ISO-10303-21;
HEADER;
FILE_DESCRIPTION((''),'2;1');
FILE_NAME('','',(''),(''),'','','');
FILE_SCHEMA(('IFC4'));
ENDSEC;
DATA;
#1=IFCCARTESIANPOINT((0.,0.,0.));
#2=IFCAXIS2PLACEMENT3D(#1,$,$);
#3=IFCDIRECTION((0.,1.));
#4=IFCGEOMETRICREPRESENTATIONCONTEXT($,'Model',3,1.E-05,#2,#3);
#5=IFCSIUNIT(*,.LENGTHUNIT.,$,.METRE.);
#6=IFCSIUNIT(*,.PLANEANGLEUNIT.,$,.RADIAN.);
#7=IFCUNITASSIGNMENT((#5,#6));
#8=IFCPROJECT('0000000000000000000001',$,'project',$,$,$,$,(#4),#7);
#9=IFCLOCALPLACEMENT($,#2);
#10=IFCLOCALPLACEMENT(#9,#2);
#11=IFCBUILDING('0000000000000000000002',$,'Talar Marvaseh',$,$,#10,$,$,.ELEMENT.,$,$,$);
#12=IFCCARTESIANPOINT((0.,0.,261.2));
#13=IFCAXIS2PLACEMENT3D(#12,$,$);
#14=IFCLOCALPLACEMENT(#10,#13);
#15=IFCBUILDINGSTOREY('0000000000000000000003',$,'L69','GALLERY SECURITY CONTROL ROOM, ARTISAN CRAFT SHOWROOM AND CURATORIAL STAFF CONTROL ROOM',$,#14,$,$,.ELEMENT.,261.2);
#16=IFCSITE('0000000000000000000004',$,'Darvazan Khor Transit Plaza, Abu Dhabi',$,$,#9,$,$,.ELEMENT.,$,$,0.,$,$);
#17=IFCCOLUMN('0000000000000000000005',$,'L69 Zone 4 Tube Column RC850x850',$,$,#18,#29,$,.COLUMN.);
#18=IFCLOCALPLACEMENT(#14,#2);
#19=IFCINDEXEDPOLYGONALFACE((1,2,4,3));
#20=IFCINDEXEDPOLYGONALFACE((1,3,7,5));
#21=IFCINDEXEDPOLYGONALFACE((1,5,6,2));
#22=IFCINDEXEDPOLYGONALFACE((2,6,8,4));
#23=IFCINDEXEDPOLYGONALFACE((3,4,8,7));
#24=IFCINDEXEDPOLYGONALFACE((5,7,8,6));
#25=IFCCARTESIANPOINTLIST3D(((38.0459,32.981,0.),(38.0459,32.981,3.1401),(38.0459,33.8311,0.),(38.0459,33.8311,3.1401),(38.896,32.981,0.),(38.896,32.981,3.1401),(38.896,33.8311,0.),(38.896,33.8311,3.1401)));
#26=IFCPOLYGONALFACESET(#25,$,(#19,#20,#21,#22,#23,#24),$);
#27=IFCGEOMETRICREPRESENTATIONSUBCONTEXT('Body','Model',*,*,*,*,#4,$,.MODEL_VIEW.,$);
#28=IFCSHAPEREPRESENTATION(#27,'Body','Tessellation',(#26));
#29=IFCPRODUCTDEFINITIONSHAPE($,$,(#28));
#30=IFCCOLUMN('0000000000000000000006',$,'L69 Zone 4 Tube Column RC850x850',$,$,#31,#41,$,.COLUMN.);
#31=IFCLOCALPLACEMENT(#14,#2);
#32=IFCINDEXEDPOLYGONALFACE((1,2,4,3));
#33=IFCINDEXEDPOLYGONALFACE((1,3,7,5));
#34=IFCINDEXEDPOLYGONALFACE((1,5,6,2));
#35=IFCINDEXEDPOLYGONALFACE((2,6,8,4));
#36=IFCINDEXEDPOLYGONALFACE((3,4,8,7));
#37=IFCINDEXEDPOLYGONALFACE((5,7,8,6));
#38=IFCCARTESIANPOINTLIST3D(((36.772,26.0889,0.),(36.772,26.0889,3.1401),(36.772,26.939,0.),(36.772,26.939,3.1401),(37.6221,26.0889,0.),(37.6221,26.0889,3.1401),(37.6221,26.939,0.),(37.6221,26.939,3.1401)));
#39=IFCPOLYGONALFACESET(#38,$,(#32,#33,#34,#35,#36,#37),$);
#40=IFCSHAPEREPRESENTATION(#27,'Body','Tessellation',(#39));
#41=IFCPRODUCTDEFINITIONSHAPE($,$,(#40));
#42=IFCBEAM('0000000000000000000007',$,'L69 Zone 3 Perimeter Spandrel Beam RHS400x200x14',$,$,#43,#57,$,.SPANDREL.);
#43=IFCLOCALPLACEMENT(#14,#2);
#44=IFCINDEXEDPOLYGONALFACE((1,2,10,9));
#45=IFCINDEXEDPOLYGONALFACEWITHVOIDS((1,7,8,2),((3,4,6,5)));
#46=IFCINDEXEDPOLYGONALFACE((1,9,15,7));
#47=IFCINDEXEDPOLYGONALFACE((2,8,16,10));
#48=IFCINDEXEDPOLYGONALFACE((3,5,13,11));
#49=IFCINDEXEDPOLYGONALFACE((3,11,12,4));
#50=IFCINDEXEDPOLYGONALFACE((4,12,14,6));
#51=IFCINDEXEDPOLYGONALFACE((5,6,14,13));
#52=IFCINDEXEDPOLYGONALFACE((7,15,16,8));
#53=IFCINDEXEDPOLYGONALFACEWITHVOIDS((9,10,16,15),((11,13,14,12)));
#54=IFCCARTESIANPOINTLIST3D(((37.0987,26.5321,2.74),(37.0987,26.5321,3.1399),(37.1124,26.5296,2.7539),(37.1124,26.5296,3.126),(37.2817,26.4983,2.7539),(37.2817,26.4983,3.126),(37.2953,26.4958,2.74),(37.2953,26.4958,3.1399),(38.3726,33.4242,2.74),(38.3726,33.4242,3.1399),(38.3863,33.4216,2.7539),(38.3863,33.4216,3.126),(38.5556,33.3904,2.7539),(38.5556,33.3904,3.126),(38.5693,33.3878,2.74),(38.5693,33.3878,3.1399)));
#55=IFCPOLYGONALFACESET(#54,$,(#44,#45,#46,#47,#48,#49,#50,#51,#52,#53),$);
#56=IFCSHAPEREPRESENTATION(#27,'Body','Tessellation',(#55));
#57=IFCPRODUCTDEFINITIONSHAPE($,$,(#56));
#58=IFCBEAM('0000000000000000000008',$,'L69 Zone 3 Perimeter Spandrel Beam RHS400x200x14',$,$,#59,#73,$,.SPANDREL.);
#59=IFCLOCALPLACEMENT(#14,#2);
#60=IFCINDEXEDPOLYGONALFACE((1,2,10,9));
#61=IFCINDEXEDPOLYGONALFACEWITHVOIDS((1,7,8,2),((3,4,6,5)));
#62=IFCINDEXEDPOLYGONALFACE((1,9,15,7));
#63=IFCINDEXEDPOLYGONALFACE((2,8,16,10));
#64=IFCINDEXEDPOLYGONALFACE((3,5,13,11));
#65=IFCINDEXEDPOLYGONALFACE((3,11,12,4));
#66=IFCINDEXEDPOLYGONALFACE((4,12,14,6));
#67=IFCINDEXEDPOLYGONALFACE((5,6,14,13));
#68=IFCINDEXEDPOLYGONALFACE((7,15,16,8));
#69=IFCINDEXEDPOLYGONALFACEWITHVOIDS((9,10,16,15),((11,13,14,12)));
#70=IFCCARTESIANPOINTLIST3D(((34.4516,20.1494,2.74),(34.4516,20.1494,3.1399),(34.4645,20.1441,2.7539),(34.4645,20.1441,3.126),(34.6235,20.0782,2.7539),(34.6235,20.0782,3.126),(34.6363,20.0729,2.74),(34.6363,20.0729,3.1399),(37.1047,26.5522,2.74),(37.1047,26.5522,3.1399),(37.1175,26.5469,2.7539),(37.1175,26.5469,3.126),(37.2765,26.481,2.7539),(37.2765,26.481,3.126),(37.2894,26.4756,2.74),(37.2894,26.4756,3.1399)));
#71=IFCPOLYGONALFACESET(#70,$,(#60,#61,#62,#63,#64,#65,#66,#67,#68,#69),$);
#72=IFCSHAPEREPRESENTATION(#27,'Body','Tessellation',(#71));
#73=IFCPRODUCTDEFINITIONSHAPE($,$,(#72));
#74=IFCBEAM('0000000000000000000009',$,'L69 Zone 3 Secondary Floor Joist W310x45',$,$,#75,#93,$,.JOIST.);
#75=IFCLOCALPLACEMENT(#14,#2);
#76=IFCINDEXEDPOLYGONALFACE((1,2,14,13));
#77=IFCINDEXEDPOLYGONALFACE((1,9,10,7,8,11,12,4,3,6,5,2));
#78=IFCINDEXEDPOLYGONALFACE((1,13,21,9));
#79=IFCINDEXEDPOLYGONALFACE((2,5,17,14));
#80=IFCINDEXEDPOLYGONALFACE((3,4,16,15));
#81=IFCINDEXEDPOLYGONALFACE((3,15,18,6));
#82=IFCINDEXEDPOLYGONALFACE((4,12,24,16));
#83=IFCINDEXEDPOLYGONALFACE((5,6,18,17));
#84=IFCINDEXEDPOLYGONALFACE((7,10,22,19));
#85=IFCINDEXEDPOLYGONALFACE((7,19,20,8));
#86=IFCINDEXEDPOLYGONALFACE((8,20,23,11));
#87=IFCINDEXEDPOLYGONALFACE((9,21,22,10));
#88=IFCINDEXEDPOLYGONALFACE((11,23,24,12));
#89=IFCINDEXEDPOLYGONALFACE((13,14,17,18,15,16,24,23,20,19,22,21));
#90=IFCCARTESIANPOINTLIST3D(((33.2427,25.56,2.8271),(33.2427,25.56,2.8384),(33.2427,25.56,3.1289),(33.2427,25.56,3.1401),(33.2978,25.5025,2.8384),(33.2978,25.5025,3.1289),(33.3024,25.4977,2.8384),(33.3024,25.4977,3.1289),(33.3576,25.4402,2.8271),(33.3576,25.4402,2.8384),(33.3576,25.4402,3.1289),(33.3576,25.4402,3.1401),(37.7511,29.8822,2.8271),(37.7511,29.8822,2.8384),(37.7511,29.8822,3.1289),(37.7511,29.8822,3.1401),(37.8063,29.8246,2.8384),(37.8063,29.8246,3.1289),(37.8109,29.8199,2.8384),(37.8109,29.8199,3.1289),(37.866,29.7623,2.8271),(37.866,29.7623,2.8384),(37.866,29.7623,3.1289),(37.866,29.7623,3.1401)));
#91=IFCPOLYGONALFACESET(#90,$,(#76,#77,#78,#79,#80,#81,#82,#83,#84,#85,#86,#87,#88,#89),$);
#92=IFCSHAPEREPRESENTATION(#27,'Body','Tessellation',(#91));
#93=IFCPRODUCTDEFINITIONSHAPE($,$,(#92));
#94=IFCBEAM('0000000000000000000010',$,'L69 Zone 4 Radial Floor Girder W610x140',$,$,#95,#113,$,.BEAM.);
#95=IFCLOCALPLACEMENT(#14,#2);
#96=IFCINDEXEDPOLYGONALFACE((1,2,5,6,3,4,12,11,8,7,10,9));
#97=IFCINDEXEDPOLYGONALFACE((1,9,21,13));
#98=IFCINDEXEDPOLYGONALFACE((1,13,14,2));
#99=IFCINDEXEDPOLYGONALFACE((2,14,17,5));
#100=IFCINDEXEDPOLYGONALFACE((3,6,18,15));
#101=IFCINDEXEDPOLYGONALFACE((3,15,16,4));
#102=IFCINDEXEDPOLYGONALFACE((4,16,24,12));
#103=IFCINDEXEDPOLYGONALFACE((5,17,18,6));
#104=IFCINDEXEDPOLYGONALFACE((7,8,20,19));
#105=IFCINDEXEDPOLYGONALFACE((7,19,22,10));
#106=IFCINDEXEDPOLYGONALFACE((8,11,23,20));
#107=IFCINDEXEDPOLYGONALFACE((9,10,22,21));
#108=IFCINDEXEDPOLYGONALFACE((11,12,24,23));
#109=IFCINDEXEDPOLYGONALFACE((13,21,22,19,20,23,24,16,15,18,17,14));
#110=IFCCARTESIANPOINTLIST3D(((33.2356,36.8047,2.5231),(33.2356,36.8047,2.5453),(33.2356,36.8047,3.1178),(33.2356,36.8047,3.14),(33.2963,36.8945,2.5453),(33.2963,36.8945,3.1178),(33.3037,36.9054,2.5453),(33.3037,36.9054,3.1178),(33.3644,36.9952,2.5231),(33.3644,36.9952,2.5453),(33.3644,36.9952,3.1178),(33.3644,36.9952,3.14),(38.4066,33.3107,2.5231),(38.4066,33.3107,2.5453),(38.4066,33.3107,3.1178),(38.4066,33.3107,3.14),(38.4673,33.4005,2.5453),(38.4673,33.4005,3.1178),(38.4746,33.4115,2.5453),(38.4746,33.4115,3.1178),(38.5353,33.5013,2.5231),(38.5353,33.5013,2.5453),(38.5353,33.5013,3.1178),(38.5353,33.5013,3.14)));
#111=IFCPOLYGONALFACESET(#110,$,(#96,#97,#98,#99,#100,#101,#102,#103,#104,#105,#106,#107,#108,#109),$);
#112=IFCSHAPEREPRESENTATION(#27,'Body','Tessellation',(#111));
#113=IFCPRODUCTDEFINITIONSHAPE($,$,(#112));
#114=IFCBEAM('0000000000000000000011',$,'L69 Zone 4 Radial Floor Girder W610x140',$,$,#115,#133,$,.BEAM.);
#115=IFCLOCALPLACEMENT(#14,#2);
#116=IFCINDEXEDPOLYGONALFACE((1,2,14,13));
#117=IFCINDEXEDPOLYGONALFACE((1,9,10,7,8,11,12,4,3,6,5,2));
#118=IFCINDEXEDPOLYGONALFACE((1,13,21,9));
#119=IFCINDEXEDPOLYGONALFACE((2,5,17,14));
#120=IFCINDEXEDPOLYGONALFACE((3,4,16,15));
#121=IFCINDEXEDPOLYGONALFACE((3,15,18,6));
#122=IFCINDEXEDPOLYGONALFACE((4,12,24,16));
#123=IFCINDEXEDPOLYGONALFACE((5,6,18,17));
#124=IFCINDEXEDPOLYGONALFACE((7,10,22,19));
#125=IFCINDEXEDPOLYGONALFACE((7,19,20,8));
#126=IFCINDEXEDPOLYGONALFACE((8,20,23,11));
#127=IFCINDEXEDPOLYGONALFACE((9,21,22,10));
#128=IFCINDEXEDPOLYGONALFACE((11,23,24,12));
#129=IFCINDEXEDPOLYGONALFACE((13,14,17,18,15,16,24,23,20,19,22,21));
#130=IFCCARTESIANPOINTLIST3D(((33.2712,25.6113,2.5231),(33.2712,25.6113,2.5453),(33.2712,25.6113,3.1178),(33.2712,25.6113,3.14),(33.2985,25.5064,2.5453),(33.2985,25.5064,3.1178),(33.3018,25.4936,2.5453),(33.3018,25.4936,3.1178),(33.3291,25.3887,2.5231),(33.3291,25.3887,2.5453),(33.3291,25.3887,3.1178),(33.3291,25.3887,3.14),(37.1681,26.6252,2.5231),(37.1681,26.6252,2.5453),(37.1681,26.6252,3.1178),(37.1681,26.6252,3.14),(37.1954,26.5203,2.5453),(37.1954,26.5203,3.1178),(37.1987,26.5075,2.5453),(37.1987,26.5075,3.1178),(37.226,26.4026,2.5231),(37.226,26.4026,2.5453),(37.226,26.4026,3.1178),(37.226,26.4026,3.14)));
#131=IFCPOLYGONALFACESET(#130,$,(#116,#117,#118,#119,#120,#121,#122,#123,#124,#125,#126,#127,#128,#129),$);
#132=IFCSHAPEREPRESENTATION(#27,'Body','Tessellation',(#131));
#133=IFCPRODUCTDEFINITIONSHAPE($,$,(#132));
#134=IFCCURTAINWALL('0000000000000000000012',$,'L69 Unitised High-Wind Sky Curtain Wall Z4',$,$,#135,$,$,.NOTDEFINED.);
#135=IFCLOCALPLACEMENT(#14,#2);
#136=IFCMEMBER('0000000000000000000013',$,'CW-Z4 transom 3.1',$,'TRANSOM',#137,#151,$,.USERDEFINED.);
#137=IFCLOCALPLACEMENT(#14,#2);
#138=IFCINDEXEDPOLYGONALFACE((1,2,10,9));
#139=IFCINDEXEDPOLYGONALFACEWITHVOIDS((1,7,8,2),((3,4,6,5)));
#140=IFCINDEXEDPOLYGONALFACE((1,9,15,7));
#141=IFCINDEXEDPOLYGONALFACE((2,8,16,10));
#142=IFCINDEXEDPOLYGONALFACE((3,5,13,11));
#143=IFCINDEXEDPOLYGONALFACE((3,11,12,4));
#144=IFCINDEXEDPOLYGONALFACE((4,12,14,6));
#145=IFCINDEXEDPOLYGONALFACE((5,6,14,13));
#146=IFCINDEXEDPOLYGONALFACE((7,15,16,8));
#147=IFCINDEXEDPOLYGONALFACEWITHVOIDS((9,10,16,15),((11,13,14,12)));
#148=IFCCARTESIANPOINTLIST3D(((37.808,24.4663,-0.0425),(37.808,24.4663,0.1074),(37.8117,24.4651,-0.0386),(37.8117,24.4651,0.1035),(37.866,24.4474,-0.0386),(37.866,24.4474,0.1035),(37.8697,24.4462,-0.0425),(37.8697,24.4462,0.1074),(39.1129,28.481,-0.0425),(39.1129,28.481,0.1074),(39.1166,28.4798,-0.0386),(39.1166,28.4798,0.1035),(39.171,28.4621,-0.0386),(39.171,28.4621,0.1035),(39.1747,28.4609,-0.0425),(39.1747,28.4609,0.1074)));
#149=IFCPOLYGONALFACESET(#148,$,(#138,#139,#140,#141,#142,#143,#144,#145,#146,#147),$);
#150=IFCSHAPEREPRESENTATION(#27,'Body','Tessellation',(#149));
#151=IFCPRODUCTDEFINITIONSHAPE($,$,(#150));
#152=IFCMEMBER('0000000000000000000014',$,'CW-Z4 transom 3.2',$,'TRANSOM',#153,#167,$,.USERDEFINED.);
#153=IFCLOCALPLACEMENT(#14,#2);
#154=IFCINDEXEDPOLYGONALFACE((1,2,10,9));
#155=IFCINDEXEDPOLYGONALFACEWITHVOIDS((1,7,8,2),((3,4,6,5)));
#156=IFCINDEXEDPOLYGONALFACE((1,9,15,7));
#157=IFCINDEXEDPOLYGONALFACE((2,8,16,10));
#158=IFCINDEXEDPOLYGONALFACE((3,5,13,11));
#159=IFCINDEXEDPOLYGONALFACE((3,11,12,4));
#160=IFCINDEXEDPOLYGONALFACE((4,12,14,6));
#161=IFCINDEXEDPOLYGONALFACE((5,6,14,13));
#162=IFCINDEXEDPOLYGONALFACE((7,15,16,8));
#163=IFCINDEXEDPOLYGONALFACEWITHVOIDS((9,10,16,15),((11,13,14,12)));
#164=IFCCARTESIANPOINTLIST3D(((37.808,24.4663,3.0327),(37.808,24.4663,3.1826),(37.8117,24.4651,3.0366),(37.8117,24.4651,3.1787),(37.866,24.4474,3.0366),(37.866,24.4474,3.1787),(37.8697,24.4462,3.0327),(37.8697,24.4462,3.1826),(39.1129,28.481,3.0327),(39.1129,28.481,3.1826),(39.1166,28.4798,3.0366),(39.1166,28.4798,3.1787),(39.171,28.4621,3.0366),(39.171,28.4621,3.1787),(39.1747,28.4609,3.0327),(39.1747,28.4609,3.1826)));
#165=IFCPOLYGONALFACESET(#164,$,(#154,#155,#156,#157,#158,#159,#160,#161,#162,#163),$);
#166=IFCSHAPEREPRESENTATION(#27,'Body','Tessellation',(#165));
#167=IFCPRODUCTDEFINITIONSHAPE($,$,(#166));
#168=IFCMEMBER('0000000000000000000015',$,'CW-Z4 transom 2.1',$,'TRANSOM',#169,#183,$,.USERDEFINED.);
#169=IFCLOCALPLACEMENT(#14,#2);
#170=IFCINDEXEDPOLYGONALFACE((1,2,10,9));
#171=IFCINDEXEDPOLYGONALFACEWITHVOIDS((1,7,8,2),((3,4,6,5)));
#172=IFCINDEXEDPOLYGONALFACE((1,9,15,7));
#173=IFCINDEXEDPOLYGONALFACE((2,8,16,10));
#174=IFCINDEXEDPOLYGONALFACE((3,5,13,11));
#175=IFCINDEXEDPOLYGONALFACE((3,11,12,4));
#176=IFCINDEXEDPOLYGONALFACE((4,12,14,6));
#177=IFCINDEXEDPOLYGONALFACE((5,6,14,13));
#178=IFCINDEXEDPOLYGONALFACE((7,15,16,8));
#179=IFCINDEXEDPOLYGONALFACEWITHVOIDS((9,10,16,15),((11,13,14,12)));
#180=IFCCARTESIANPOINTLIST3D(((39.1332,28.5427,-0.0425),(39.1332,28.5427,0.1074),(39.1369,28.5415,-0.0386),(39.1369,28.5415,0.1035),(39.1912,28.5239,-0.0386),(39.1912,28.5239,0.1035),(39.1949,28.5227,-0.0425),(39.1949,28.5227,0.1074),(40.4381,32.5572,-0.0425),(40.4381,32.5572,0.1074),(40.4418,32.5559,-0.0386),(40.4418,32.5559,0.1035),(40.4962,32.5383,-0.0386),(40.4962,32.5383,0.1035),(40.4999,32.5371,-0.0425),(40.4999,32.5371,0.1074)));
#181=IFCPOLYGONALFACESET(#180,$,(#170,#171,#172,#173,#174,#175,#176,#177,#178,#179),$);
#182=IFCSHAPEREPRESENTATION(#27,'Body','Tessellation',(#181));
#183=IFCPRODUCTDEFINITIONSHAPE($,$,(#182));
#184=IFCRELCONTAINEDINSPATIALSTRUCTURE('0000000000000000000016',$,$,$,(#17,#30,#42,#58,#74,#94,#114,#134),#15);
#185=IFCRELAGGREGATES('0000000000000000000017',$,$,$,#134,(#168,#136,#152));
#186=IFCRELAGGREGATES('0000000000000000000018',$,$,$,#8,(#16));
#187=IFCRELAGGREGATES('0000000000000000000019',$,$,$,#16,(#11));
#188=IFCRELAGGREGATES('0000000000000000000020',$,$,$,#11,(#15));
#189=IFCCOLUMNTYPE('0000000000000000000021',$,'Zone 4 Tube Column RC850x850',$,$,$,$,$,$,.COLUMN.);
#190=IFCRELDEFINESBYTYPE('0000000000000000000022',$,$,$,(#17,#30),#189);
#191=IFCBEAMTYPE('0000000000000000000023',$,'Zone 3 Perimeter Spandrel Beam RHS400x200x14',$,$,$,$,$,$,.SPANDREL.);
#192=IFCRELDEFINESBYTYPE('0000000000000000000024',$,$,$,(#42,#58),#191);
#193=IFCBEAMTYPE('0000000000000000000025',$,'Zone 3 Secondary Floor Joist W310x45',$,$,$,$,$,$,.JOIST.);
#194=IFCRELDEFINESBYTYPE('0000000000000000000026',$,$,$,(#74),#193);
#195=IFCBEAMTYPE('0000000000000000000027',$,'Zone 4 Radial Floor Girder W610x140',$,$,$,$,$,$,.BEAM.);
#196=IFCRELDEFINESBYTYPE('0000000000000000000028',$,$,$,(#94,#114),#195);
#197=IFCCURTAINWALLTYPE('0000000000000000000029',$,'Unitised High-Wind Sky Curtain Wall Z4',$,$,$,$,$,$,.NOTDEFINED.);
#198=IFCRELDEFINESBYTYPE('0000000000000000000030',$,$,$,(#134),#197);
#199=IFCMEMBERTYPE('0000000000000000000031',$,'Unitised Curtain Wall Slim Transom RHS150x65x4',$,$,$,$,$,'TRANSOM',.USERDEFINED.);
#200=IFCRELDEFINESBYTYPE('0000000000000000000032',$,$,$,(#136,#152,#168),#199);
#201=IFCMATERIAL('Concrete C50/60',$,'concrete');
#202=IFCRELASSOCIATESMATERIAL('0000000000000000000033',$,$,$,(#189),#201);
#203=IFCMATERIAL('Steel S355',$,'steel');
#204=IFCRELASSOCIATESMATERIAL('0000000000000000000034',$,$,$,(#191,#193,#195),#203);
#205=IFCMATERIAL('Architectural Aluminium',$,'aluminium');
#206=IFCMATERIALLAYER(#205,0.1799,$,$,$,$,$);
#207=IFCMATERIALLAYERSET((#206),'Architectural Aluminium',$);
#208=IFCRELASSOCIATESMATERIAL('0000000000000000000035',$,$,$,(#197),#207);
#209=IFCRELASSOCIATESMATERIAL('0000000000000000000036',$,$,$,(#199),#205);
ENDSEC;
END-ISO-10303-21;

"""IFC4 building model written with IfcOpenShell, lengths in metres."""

from ifc_helpers import new_model, si_unit, direction, frame, origin, origin_2d, place, context, subcontext, project, spatial, rectangle, hollow_rectangle, i_section, extrude, source, transform, mapped, material, layer, layer_set, material_profile, profile_set, type_object, type_shapes, element, aggregate, save


model = new_model("IFC4")

# Units and contexts
model_context = context("Model", 3, precision=1e-05, world=origin(), true_north=direction((0.0, 1.0)))
body_context = subcontext(model_context, "Body", "Model", "MODEL_VIEW")
ifc_project = project(units=[si_unit("LENGTHUNIT", "METRE"), si_unit("PLANEANGLEUNIT", "RADIAN")], contexts=[model_context])

# Site, building, storey
site_placement = place(None, origin())
site = spatial("IfcSite", under=ifc_project, at=site_placement, Name="Darvazan Khor Transit Plaza, Abu Dhabi", CompositionType="ELEMENT", RefElevation=0.0)
building_placement = place(site_placement, origin())
building = spatial("IfcBuilding", under=site, at=building_placement, Name="Talar Marvaseh", CompositionType="ELEMENT")
storey_placement = place(building_placement, frame((0.0, 0.0, 261.2)))
storey = spatial("IfcBuildingStorey", under=building, at=storey_placement, Name="L69", Description="GALLERY SECURITY CONTROL ROOM, ARTISAN CRAFT SHOWROOM AND CURATORIAL STAFF CONTROL ROOM", CompositionType="ELEMENT", Elevation=261.2)

# Columns
ifc_material_1 = material(Name="Concrete C50/60", Category="concrete")
ifc_material_profile_1 = material_profile(ifc_material_1, rectangle(XDim=0.8501, YDim=0.8501, at=origin_2d()), Name="RC850x850")
ifc_profile_set_1 = profile_set([ifc_material_profile_1], Name="Concrete C50/60")
column_type = type_object("IfcColumnType", Name="Zone 4 Tube Column RC850x850", PredefinedType="COLUMN", material=ifc_profile_set_1)
for number, where, z_axis, x_axis, name in (
    (1, (38.4709, 33.406, 0.0), (0.0, 0.0, 1.0), (1.0, 0.0, 0.0), "L69 Zone 4 Tube Column RC850x850"),
    (2, (37.197, 26.5139, 0.0), (0.0, 0.0, 1.0), (1.0, 0.0, 0.0), "L69 Zone 4 Tube Column RC850x850"),
):
    element("IfcColumn", number, at=place(storey_placement, frame(where, z_axis=z_axis, x_axis=x_axis)), inside=storey, type_object=column_type, Name=name, PredefinedType="COLUMN", context=body_context, shape_type="SweptSolid", body=[
        extrude(rectangle(XDim=0.8501, YDim=0.8501, at=origin_2d()), origin(), (0.0, 0.0, 1.0), 3.1401),
    ])

# Beams
ifc_material_2 = material(Name="Steel S355", Category="steel")
ifc_material_profile_2 = material_profile(ifc_material_2, hollow_rectangle(XDim=0.2, YDim=0.3999, WallThickness=0.0139, at=origin_2d()), Name="RHS400x200x14")
ifc_profile_set_2 = profile_set([ifc_material_profile_2], Name="Steel S355")
beam_type_1 = type_object("IfcBeamType", Name="Zone 3 Perimeter Spandrel Beam RHS400x200x14", PredefinedType="SPANDREL", material=ifc_profile_set_2)
beam_1_placement = place(storey_placement, frame((38.4709, 33.406, 2.9399), z_axis=(-0.18176, -0.983343, 0.0), x_axis=(0.983343, -0.18176, 0.0)))
element("IfcBeam", 3, at=beam_1_placement, inside=storey, type_object=beam_type_1, Name="L69 Zone 3 Perimeter Spandrel Beam RHS400x200x14", PredefinedType="SPANDREL", context=body_context, shape_type="SweptSolid", body=[
    extrude(hollow_rectangle(XDim=0.2, YDim=0.3999, WallThickness=0.0139, at=origin_2d()), origin(), (0.0, 0.0, 1.0), 7.0088),
])
beam_2_placement = place(storey_placement, frame((37.197, 26.5139, 2.9399), z_axis=(-0.382799, -0.923832, 0.0), x_axis=(0.923832, -0.382799, 0.0)))
element("IfcBeam", 4, at=beam_2_placement, inside=storey, type_object=beam_type_1, Name="L69 Zone 3 Perimeter Spandrel Beam RHS400x200x14", PredefinedType="SPANDREL", context=body_context, shape_type="SweptSolid", body=[
    extrude(hollow_rectangle(XDim=0.2, YDim=0.3999, WallThickness=0.0139, at=origin_2d()), origin(), (0.0, 0.0, 1.0), 6.9307),
])
ifc_material_profile_3 = material_profile(ifc_material_2, i_section(OverallWidth=0.166, OverallDepth=0.313, WebThickness=0.0066, FlangeThickness=0.0112, at=origin_2d()), Name="W310x45")
ifc_profile_set_3 = profile_set([ifc_material_profile_3], Name="Steel S355")
beam_type_2 = type_object("IfcBeamType", Name="Zone 3 Secondary Floor Joist W310x45", PredefinedType="JOIST", material=ifc_profile_set_3)
beam_3_placement = place(storey_placement, frame((37.8086, 29.8223, 2.9836), z_axis=(-0.721862, -0.692037, 0.0), x_axis=(0.692037, -0.721862, 0.0)))
element("IfcBeam", 5, at=beam_3_placement, inside=storey, type_object=beam_type_2, Name="L69 Zone 3 Secondary Floor Joist W310x45", PredefinedType="JOIST", context=body_context, shape_type="SweptSolid", body=[
    extrude(i_section(OverallWidth=0.166, OverallDepth=0.313, WebThickness=0.0066, FlangeThickness=0.0112, at=origin_2d()), origin(), (0.0, 0.0, 1.0), 6.2456),
])
ifc_material_profile_4 = material_profile(ifc_material_2, i_section(OverallWidth=0.23, OverallDepth=0.6169, WebThickness=0.0132, FlangeThickness=0.0222, at=origin_2d()), Name="W610x140")
ifc_profile_set_4 = profile_set([ifc_material_profile_4], Name="Steel S355")
beam_type_3 = type_object("IfcBeamType", Name="Zone 4 Radial Floor Girder W610x140", PredefinedType="BEAM", material=ifc_profile_set_4)
beam_4_placement = place(storey_placement, frame((38.4709, 33.406, 2.8315), z_axis=(-0.828586, 0.559862, 0.0), x_axis=(-0.559862, -0.828586, 0.0)))
element("IfcBeam", 6, at=beam_4_placement, inside=storey, type_object=beam_type_3, Name="L69 Zone 4 Radial Floor Girder W610x140", PredefinedType="BEAM", context=body_context, shape_type="SweptSolid", body=[
    extrude(i_section(OverallWidth=0.23, OverallDepth=0.6169, WebThickness=0.0132, FlangeThickness=0.0222, at=origin_2d()), origin(), (0.0, 0.0, 1.0), 6.2407),
])
beam_5_placement = place(storey_placement, frame((37.197, 26.5139, 2.8315), z_axis=(-0.96778, -0.251797, 0.0), x_axis=(0.251797, -0.96778, 0.0)))
element("IfcBeam", 7, at=beam_5_placement, inside=storey, type_object=beam_type_3, Name="L69 Zone 4 Radial Floor Girder W610x140", PredefinedType="BEAM", context=body_context, shape_type="SweptSolid", body=[
    extrude(i_section(OverallWidth=0.23, OverallDepth=0.6169, WebThickness=0.0132, FlangeThickness=0.0222, at=origin_2d()), origin(), (0.0, 0.0, 1.0), 4.0266),
])

# Curtain wall, members
ifc_material_3 = material(Name="Architectural Aluminium", Category="aluminium")
ifc_layer_1 = layer(ifc_material_3, 0.1799)
ifc_layer_set_1 = layer_set([ifc_layer_1], Name="Architectural Aluminium")
curtain_wall_type = type_object("IfcCurtainWallType", Name="Unitised High-Wind Sky Curtain Wall Z4", PredefinedType="NOTDEFINED", material=ifc_layer_set_1)
curtain_wall_placement = place(storey_placement, origin())
curtain_wall = element("IfcCurtainWall", 8, at=curtain_wall_placement, inside=storey, type_object=curtain_wall_type, Name="L69 Unitised High-Wind Sky Curtain Wall Z4", PredefinedType="NOTDEFINED")
ifc_material_profile_5 = material_profile(ifc_material_3, hollow_rectangle(XDim=0.0649, YDim=0.1499, WallThickness=0.0039, at=origin_2d()), Name="RHS150x65x4")
ifc_profile_set_5 = profile_set([ifc_material_profile_5], Name="Architectural Aluminium")
member_type_1 = type_object("IfcMemberType", Name="Unitised Curtain Wall Slim Transom RHS150x65x4", ElementType="TRANSOM", PredefinedType="USERDEFINED", material=ifc_profile_set_5)
shared_shape_1 = source(origin(), body_context, "Body", "SweptSolid", [
    extrude(hollow_rectangle(XDim=0.0649, YDim=0.1499, WallThickness=0.0039, at=origin_2d()), origin(), (0.0, 0.0, 1.0), 4.2214),
])
member_1_placement = place(storey_placement, frame((39.1438, 28.4709, 0.0325), z_axis=(-0.309123, -0.951022, 0.0), x_axis=(0.951022, -0.309123, 0.0)))
member_1 = element("IfcMember", 9, at=member_1_placement, type_object=member_type_1, Name="CW-Z4 transom 3.1", ObjectType="TRANSOM", PredefinedType="USERDEFINED", context=body_context, shape_type="MappedRepresentation", body=[
    mapped(shared_shape_1, transform((0.0, 0.0, 0.0), x_axis=(1.0, 0.0, 0.0), y_axis=(0.0, 1.0, 0.0), z_axis=(0.0, 0.0, 1.0), scale=1.0)),
])
member_2_placement = place(storey_placement, frame((39.1438, 28.4709, 3.1077), z_axis=(-0.309123, -0.951022, 0.0), x_axis=(0.951022, -0.309123, 0.0)))
member_2 = element("IfcMember", 10, at=member_2_placement, type_object=member_type_1, Name="CW-Z4 transom 3.2", ObjectType="TRANSOM", PredefinedType="USERDEFINED", context=body_context, shape_type="MappedRepresentation", body=[
    mapped(shared_shape_1, transform((0.0, 0.0, 0.0), x_axis=(1.0, 0.0, 0.0), y_axis=(0.0, 1.0, 0.0), z_axis=(0.0, 0.0, 1.0), scale=1.0)),
])
shared_shape_2 = source(origin(), body_context, "Body", "SweptSolid", [
    extrude(hollow_rectangle(XDim=0.0649, YDim=0.1499, WallThickness=0.0039, at=origin_2d()), origin(), (0.0, 0.0, 1.0), 4.2212),
])
type_shapes(member_type_1, [shared_shape_1, shared_shape_2])
member_3_placement = place(storey_placement, frame((40.469, 32.5471, 0.0325), z_axis=(-0.30914, -0.951017, 0.0), x_axis=(0.951017, -0.30914, 0.0)))
member_3 = element("IfcMember", 11, at=member_3_placement, type_object=member_type_1, Name="CW-Z4 transom 2.1", ObjectType="TRANSOM", PredefinedType="USERDEFINED", context=body_context, shape_type="MappedRepresentation", body=[
    mapped(shared_shape_2, transform((0.0, 0.0, 0.0), x_axis=(1.0, 0.0, 0.0), y_axis=(0.0, 1.0, 0.0), z_axis=(0.0, 0.0, 1.0), scale=1.0)),
])
aggregate(curtain_wall, [member_3, member_1, member_2])

save(model, "model.ifc")
